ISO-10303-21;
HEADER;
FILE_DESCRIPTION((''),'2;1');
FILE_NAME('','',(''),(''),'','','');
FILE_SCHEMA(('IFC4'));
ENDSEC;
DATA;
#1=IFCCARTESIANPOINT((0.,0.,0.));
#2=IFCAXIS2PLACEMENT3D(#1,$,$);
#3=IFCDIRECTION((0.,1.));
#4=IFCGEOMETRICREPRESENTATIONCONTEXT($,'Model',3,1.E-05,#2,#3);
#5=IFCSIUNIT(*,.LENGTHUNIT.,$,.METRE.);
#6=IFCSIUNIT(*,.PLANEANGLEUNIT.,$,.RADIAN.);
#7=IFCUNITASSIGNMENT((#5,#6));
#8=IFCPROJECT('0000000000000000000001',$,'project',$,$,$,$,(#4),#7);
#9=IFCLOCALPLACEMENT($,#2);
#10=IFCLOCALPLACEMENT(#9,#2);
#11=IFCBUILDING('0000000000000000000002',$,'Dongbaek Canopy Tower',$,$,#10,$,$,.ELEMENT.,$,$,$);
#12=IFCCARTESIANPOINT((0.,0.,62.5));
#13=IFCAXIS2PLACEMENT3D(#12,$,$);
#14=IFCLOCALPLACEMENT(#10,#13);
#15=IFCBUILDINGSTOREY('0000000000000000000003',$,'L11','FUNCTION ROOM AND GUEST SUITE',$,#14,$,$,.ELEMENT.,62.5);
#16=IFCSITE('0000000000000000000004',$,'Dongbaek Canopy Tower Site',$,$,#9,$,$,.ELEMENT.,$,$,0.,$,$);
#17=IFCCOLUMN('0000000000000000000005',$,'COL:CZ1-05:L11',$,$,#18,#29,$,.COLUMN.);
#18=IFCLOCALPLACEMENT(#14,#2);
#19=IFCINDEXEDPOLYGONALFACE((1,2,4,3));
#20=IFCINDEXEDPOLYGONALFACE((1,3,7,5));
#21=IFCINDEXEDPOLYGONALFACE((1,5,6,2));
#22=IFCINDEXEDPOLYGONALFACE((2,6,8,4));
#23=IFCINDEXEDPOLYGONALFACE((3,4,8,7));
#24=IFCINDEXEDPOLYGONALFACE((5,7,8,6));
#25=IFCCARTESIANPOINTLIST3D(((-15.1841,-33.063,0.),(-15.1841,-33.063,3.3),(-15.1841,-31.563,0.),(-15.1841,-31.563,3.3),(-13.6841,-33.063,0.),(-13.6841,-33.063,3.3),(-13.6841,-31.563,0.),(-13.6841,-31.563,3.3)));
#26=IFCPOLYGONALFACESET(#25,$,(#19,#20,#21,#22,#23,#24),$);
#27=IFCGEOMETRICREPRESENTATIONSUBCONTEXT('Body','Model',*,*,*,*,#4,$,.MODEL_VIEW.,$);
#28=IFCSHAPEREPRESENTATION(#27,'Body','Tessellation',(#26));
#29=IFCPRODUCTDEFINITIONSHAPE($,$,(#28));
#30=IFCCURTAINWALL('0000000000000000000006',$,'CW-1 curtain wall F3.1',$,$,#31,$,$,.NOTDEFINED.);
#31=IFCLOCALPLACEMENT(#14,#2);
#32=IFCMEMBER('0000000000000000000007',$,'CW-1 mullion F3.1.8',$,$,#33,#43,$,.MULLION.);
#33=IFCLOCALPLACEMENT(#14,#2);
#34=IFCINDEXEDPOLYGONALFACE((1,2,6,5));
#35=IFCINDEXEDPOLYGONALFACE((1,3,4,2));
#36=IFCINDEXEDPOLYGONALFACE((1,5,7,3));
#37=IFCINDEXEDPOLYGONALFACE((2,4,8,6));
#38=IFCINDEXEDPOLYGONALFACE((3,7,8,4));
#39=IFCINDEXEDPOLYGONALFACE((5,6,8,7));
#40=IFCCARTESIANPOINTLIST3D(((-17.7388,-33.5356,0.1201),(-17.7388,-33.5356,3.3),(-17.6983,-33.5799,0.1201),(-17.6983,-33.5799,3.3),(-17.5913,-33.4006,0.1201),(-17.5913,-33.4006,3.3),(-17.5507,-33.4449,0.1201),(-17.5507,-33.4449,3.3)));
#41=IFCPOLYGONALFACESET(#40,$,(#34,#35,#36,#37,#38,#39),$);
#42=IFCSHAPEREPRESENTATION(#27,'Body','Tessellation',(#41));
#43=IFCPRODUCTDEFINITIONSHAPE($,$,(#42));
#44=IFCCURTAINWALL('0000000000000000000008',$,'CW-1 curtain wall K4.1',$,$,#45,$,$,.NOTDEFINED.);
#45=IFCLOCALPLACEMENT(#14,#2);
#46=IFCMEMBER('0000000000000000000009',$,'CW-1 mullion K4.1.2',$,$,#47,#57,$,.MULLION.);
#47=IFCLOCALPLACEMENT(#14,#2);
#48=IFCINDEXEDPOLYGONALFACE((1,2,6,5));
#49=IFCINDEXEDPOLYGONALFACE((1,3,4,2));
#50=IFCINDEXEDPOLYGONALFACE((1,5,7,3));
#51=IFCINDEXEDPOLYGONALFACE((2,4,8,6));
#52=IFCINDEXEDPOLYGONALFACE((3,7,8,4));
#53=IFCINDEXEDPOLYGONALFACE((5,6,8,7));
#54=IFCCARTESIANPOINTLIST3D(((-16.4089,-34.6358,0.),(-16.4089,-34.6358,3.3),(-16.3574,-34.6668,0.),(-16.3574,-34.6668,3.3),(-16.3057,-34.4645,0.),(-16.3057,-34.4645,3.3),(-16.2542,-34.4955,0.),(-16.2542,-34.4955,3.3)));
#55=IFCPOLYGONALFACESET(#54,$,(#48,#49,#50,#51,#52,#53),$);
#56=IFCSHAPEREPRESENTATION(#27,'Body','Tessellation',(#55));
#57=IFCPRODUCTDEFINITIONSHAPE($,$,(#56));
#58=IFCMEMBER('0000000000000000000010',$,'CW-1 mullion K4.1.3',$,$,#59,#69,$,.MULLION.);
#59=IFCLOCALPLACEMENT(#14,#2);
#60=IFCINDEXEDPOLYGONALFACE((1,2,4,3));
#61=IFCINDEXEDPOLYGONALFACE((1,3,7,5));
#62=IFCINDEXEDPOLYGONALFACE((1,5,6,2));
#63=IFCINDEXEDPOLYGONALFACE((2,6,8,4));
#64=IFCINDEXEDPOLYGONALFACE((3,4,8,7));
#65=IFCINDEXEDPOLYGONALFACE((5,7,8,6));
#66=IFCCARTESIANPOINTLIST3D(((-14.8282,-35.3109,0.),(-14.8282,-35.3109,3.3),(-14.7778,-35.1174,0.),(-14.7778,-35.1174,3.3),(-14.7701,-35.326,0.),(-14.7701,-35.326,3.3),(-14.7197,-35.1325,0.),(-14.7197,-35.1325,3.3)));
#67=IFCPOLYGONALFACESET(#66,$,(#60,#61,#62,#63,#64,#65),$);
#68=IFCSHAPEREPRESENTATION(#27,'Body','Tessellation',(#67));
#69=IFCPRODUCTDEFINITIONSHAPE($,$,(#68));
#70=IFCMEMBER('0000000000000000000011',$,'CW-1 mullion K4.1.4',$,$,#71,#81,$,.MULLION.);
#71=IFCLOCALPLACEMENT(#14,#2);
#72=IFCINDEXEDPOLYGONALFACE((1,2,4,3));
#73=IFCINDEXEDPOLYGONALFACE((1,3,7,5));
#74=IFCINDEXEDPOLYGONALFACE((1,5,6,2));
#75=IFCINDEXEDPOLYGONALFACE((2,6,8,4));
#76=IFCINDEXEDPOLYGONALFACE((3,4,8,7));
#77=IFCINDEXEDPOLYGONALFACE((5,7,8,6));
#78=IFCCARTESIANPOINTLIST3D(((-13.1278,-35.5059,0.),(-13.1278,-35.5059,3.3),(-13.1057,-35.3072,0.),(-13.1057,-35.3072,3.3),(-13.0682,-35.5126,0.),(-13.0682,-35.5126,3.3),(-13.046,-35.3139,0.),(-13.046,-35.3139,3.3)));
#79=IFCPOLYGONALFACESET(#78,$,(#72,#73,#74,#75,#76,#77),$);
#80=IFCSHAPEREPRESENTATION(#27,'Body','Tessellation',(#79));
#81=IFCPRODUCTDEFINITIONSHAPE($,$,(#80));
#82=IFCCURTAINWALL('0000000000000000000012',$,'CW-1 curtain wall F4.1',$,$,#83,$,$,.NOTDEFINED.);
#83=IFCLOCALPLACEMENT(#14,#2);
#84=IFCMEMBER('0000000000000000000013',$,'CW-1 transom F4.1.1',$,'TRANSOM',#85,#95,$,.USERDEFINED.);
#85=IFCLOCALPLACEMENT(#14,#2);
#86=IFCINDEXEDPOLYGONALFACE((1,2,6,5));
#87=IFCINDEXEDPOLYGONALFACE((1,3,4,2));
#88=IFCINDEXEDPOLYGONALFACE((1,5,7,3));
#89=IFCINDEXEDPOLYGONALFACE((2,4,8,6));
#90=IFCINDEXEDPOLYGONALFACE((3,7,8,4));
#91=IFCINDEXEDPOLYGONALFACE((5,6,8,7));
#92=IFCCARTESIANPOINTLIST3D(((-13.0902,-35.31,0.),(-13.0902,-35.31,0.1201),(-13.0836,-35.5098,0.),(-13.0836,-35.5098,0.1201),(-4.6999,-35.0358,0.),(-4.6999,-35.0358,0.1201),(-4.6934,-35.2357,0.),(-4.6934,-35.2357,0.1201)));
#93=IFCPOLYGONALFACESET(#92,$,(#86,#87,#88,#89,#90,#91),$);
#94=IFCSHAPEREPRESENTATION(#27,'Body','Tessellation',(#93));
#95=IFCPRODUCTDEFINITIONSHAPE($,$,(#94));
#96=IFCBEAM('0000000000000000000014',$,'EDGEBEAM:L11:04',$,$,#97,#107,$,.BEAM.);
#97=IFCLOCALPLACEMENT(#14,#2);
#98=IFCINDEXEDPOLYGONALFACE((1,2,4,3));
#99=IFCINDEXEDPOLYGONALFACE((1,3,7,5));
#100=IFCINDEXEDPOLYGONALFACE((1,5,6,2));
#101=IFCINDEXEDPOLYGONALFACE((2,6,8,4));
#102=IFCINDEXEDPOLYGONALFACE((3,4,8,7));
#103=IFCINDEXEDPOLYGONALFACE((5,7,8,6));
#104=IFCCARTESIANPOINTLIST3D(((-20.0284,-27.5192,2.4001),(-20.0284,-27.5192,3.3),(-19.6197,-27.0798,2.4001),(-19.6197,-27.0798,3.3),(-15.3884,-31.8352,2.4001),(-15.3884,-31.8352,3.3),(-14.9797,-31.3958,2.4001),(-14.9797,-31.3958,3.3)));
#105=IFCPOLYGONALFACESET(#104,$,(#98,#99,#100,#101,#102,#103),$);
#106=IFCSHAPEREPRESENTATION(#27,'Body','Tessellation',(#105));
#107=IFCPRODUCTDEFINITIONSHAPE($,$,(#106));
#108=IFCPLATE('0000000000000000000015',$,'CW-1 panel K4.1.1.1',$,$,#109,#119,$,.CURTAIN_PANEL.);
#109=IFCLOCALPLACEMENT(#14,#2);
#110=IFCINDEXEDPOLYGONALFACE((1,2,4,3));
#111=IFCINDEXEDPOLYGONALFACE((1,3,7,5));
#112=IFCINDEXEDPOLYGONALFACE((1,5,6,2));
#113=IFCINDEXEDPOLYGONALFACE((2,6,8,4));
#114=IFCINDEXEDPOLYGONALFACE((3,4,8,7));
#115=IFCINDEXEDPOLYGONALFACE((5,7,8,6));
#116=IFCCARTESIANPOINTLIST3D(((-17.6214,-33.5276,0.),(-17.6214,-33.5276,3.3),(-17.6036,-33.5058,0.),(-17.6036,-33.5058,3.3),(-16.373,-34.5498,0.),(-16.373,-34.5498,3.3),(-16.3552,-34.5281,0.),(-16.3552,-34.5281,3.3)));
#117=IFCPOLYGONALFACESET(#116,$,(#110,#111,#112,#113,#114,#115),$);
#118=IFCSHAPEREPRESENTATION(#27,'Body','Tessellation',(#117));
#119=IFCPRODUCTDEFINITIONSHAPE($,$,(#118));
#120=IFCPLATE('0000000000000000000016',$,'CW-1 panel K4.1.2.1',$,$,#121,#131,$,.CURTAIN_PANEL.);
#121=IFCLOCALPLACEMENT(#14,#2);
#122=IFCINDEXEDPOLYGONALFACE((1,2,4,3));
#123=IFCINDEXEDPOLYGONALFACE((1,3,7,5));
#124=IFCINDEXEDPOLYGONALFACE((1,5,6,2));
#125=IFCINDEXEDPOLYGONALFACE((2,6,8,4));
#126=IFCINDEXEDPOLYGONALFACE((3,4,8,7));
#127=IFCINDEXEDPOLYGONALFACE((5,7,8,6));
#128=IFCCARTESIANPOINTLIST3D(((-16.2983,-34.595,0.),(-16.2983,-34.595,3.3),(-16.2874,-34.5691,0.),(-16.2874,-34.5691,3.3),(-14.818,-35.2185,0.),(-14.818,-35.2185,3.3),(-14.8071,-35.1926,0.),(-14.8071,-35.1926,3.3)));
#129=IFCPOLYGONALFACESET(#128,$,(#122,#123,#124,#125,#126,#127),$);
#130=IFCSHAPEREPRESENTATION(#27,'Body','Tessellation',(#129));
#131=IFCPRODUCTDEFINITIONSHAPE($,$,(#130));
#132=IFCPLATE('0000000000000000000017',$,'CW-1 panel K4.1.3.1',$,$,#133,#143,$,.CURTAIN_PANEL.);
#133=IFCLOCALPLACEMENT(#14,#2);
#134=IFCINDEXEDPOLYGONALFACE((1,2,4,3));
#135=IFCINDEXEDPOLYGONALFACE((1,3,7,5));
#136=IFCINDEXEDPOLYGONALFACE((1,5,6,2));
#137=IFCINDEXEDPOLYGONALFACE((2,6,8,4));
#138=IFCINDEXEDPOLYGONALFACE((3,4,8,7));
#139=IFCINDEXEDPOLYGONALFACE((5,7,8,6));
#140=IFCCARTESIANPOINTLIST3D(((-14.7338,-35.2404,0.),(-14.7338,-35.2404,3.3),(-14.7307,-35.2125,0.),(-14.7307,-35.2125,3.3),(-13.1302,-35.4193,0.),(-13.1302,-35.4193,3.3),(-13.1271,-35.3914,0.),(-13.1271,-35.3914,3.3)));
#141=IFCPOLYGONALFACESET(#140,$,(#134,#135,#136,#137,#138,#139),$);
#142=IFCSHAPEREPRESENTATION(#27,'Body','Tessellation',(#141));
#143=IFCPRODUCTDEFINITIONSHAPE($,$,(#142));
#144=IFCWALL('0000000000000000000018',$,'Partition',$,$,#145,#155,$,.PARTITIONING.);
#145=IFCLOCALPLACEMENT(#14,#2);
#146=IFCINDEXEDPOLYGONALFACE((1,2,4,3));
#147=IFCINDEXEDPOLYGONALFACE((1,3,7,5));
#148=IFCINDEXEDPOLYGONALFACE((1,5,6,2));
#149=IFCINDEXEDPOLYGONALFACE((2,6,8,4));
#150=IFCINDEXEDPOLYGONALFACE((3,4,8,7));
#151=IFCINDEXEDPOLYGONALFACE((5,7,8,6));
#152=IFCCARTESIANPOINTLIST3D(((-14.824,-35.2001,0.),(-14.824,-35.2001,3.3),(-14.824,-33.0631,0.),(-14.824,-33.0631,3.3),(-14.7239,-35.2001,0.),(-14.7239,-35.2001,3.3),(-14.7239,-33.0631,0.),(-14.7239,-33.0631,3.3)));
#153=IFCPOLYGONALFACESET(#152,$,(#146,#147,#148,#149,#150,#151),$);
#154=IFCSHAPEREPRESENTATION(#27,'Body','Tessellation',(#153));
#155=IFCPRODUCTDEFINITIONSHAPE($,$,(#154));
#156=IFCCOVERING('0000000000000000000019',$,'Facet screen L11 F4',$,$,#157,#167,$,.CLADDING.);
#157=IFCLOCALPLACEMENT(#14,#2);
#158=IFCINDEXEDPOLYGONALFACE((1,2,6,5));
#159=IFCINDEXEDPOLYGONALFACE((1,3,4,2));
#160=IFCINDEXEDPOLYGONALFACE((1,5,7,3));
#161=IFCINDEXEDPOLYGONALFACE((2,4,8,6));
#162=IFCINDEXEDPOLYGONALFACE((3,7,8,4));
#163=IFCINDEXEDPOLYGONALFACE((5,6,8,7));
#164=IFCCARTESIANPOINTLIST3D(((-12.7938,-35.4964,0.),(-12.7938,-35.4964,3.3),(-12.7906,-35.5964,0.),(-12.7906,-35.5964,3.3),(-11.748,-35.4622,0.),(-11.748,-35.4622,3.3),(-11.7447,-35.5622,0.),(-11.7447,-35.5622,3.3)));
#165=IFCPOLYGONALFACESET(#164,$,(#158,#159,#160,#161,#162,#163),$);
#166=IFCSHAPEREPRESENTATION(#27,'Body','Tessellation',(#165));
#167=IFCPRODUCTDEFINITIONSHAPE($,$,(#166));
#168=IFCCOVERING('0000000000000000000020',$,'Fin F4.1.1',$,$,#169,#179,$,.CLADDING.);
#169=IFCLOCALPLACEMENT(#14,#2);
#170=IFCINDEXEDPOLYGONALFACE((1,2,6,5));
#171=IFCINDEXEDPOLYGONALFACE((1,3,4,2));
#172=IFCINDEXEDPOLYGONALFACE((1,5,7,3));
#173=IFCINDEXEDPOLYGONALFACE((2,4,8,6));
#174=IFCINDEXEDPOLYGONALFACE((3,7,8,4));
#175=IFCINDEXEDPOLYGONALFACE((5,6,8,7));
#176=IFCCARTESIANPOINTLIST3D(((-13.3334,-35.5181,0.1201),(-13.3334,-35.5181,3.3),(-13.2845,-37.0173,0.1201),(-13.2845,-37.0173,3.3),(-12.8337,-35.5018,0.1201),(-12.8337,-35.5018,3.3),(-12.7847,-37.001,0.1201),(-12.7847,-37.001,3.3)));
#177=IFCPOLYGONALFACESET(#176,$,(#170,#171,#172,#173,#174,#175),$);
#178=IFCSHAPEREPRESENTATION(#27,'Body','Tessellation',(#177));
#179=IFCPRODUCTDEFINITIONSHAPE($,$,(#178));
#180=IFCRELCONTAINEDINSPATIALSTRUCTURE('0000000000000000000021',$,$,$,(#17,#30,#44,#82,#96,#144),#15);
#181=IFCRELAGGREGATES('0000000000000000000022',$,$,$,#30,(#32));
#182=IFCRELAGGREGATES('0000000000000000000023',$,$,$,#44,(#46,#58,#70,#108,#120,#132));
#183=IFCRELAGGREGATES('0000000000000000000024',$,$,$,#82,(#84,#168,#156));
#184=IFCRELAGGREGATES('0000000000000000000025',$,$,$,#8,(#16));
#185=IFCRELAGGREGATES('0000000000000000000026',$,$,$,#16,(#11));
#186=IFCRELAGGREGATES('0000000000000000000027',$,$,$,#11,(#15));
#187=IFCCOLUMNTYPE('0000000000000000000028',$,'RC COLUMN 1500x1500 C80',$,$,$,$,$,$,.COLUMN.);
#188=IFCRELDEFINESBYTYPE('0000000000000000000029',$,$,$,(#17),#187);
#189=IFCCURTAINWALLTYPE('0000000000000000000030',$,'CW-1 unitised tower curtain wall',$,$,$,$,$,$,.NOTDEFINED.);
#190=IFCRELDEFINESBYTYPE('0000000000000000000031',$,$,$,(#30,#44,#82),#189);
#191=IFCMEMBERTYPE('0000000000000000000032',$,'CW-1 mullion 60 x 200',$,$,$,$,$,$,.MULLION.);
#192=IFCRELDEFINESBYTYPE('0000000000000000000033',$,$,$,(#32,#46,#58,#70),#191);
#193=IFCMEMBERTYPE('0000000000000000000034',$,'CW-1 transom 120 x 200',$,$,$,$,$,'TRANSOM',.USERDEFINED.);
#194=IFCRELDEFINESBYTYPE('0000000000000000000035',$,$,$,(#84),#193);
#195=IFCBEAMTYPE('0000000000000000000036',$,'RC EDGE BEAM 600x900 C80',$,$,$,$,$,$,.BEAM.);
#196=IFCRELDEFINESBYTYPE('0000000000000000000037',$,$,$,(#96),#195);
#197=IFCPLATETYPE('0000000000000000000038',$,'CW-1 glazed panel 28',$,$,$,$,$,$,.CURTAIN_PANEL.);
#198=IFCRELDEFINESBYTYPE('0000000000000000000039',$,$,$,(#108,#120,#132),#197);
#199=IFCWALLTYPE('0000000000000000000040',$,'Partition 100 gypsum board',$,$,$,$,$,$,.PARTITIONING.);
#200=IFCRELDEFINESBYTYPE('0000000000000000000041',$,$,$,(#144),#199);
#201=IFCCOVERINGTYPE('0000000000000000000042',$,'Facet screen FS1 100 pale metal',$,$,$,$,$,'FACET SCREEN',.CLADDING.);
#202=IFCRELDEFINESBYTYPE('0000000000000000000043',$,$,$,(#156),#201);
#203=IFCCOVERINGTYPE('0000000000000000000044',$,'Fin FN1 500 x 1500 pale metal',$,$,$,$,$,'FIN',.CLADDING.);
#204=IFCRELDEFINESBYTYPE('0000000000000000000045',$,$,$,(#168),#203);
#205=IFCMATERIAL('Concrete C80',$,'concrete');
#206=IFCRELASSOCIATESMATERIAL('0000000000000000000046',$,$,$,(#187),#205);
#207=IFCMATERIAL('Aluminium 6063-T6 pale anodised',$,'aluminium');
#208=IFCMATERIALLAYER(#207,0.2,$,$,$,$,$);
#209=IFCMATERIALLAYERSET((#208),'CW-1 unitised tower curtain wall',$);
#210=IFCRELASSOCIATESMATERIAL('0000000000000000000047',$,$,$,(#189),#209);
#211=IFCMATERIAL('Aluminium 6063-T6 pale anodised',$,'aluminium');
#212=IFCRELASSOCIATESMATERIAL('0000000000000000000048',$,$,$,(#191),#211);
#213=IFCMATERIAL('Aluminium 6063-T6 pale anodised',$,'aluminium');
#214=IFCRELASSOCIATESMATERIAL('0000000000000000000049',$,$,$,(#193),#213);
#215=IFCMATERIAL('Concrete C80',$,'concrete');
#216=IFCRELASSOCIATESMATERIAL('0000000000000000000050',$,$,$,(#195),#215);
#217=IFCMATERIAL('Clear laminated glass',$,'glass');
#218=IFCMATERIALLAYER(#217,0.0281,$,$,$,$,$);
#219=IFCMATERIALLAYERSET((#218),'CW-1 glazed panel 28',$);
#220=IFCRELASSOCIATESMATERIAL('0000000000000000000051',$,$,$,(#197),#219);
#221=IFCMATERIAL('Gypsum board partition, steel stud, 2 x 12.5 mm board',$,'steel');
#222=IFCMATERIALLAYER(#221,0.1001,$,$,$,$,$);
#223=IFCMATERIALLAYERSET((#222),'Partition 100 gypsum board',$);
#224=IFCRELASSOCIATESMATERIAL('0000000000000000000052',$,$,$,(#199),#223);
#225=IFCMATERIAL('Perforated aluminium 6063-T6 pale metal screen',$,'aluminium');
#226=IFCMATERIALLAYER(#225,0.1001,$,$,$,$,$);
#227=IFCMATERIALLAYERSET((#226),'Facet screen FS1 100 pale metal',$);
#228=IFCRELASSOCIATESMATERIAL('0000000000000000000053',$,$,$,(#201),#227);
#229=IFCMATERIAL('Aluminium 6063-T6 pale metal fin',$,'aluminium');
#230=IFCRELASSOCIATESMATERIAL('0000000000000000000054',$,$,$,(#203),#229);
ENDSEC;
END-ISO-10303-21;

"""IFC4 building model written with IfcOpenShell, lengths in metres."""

from ifc_helpers import new_model, si_unit, direction, frame, frame_2d, origin, origin_2d, place, context, subcontext, project, spatial, rectangle, extrude, material, layer, layer_set, material_profile, profile_set, type_object, element, aggregate, save


model = new_model("IFC4")

# Units and contexts
model_context = context("Model", 3, precision=1e-05, world=origin(), true_north=direction((0.0, 1.0)))
body_context = subcontext(model_context, "Body", "Model", "MODEL_VIEW")
ifc_project = project(units=[si_unit("LENGTHUNIT", "METRE"), si_unit("PLANEANGLEUNIT", "RADIAN")], contexts=[model_context])

# Site, building, storey
site_placement = place(None, origin())
site = spatial("IfcSite", under=ifc_project, at=site_placement, Name="Dongbaek Canopy Tower Site", CompositionType="ELEMENT", RefElevation=0.0)
building_placement = place(site_placement, origin())
building = spatial("IfcBuilding", under=site, at=building_placement, Name="Dongbaek Canopy Tower", CompositionType="ELEMENT")
storey_placement = place(building_placement, frame((0.0, 0.0, 62.5)))
storey = spatial("IfcBuildingStorey", under=building, at=storey_placement, Name="L11", Description="FUNCTION ROOM AND GUEST SUITE", CompositionType="ELEMENT", Elevation=62.5)

# Column
ifc_material_1 = material(Name="Concrete C80", Category="concrete")
ifc_material_profile_1 = material_profile(ifc_material_1, rectangle(XDim=1.5, YDim=1.5, at=origin_2d()), Name="RC COLUMN 1500x1500 C80")
ifc_profile_set_1 = profile_set([ifc_material_profile_1], Name="Concrete C80")
column_type = type_object("IfcColumnType", Name="RC COLUMN 1500x1500 C80", PredefinedType="COLUMN", material=ifc_profile_set_1)
column_placement = place(storey_placement, frame((-14.4341, -32.313, 0.0), z_axis=(0.0, 0.0, 1.0), x_axis=(1.0, 0.0, 0.0)))
element("IfcColumn", 1, at=column_placement, inside=storey, type_object=column_type, Name="COL:CZ1-05:L11", PredefinedType="COLUMN", context=body_context, shape_type="SweptSolid", body=[
    extrude(rectangle(XDim=1.5, YDim=1.5, at=origin_2d()), origin(), (0.0, 0.0, 1.0), 3.3),
])

# Curtain wall, member
ifc_material_2 = material(Name="Aluminium 6063-T6 pale anodised", Category="aluminium")
ifc_layer_1 = layer(ifc_material_2, 0.2)
ifc_layer_set_1 = layer_set([ifc_layer_1], Name="CW-1 unitised tower curtain wall")
curtain_wall_type = type_object("IfcCurtainWallType", Name="CW-1 unitised tower curtain wall", PredefinedType="NOTDEFINED", material=ifc_layer_set_1)
curtain_wall_1_placement = place(storey_placement, origin())
curtain_wall_1 = element("IfcCurtainWall", 2, at=curtain_wall_1_placement, inside=storey, type_object=curtain_wall_type, Name="CW-1 curtain wall F3.1", PredefinedType="NOTDEFINED")
ifc_material_3 = material(Name="Aluminium 6063-T6 pale anodised", Category="aluminium")
ifc_material_profile_2 = material_profile(ifc_material_3, rectangle(XDim=0.2, YDim=0.0601, at=origin_2d()), Name="CW-1 mullion 60 x 200")
ifc_profile_set_2 = profile_set([ifc_material_profile_2], Name="Aluminium 6063-T6 pale anodised")
member_type_1 = type_object("IfcMemberType", Name="CW-1 mullion 60 x 200", PredefinedType="MULLION", material=ifc_profile_set_2)
member_1_placement = place(storey_placement, frame((-17.6448, -33.4902, 0.1201), z_axis=(0.0, 0.0, 1.0), x_axis=(-0.737855, -0.674959, 0.0)))
member_1 = element("IfcMember", 3, at=member_1_placement, type_object=member_type_1, Name="CW-1 mullion F3.1.8", PredefinedType="MULLION", context=body_context, shape_type="SweptSolid", body=[
    extrude(rectangle(XDim=0.2, YDim=0.0601, at=origin_2d()), origin(), (0.0, 0.0, 1.0), 3.1799),
])
aggregate(curtain_wall_1, [member_1])

# Curtain wall, members
curtain_wall_2_placement = place(storey_placement, origin())
curtain_wall_2 = element("IfcCurtainWall", 4, at=curtain_wall_2_placement, inside=storey, type_object=curtain_wall_type, Name="CW-1 curtain wall K4.1", PredefinedType="NOTDEFINED")
member_2_placement = place(storey_placement, frame((-16.3315, -34.5657, 0.0), z_axis=(0.0, 0.0, 1.0), x_axis=(-0.516171, -0.856486, 0.0)))
member_2 = element("IfcMember", 5, at=member_2_placement, type_object=member_type_1, Name="CW-1 mullion K4.1.2", PredefinedType="MULLION", context=body_context, shape_type="SweptSolid", body=[
    extrude(rectangle(XDim=0.2, YDim=0.0601, at=origin_2d()), origin(), (0.0, 0.0, 1.0), 3.3),
])
member_3_placement = place(storey_placement, frame((-14.7739, -35.2217, 0.0), z_axis=(0.0, 0.0, 1.0), x_axis=(-0.252111, -0.967698, 0.0)))
member_3 = element("IfcMember", 6, at=member_3_placement, type_object=member_type_1, Name="CW-1 mullion K4.1.3", PredefinedType="MULLION", context=body_context, shape_type="SweptSolid", body=[
    extrude(rectangle(XDim=0.2, YDim=0.0601, at=origin_2d()), origin(), (0.0, 0.0, 1.0), 3.3),
])
member_4_placement = place(storey_placement, frame((-13.0869, -35.4099, 0.0), z_axis=(0.0, 0.0, 1.0), x_axis=(-0.110876, -0.993834, 0.0)))
member_4 = element("IfcMember", 7, at=member_4_placement, type_object=member_type_1, Name="CW-1 mullion K4.1.4", PredefinedType="MULLION", context=body_context, shape_type="SweptSolid", body=[
    extrude(rectangle(XDim=0.2, YDim=0.0601, at=origin_2d()), origin(), (0.0, 0.0, 1.0), 3.3),
])

# Curtain wall, member
curtain_wall_3_placement = place(storey_placement, origin())
curtain_wall_3 = element("IfcCurtainWall", 8, at=curtain_wall_3_placement, inside=storey, type_object=curtain_wall_type, Name="CW-1 curtain wall F4.1", PredefinedType="NOTDEFINED")
ifc_material_4 = material(Name="Aluminium 6063-T6 pale anodised", Category="aluminium")
ifc_material_profile_3 = material_profile(ifc_material_4, rectangle(XDim=0.2, YDim=0.1201, at=origin_2d()), Name="CW-1 transom 120 x 200")
ifc_profile_set_3 = profile_set([ifc_material_profile_3], Name="Aluminium 6063-T6 pale anodised")
member_type_2 = type_object("IfcMemberType", Name="CW-1 transom 120 x 200", ElementType="TRANSOM", PredefinedType="USERDEFINED", material=ifc_profile_set_3)
member_5_placement = place(storey_placement, frame((-13.0869, -35.4099, 0.0601), z_axis=(0.999467, 0.032659, 0.0), x_axis=(-0.032659, 0.999467, 0.0)))
member_5 = element("IfcMember", 9, at=member_5_placement, type_object=member_type_2, Name="CW-1 transom F4.1.1", ObjectType="TRANSOM", PredefinedType="USERDEFINED", context=body_context, shape_type="SweptSolid", body=[
    extrude(rectangle(XDim=0.2, YDim=0.1201, at=origin_2d()), origin(), (0.0, 0.0, 1.0), 8.3948),
])

# Beam
ifc_material_5 = material(Name="Concrete C80", Category="concrete")
ifc_material_profile_4 = material_profile(ifc_material_5, rectangle(XDim=0.6001, YDim=0.8999, at=origin_2d()), Name="RC EDGE BEAM 600x900 C80")
ifc_profile_set_4 = profile_set([ifc_material_profile_4], Name="Concrete C80")
beam_type = type_object("IfcBeamType", Name="RC EDGE BEAM 600x900 C80", PredefinedType="BEAM", material=ifc_profile_set_4)
beam_placement = place(storey_placement, frame((-15.1841, -31.6155, 2.8501), z_axis=(-0.732207, 0.681082, 0.0), x_axis=(-0.681082, -0.732207, 0.0)))
element("IfcBeam", 10, at=beam_placement, inside=storey, type_object=beam_type, Name="EDGEBEAM:L11:04", PredefinedType="BEAM", context=body_context, shape_type="SweptSolid", body=[
    extrude(rectangle(XDim=0.6001, YDim=0.8999, at=origin_2d()), origin(), (0.0, 0.0, 1.0), 6.3369),
])

# Plates
ifc_material_6 = material(Name="Clear laminated glass", Category="glass")
ifc_layer_2 = layer(ifc_material_6, 0.0281)
ifc_layer_set_2 = layer_set([ifc_layer_2], Name="CW-1 glazed panel 28")
plate_type = type_object("IfcPlateType", Name="CW-1 glazed panel 28", PredefinedType="CURTAIN_PANEL", material=ifc_layer_set_2)
plate_1_placement = place(storey_placement, frame((-16.9883, -34.0278, 0.0), z_axis=(0.0, 0.0, 1.0), x_axis=(0.773703, -0.633548, 0.0)))
plate_1 = element("IfcPlate", 11, at=plate_1_placement, type_object=plate_type, Name="CW-1 panel K4.1.1.1", PredefinedType="CURTAIN_PANEL", context=body_context, shape_type="SweptSolid", body=[
    extrude(rectangle(XDim=1.6135, YDim=0.0281, at=origin_2d()), origin(), (0.0, 0.0, 1.0), 3.3),
])
plate_2_placement = place(storey_placement, frame((-15.5527, -34.8938, 0.0), z_axis=(0.0, 0.0, 1.0), x_axis=(0.921598, -0.388145, 0.0)))
plate_2 = element("IfcPlate", 12, at=plate_2_placement, type_object=plate_type, Name="CW-1 panel K4.1.2.1", PredefinedType="CURTAIN_PANEL", context=body_context, shape_type="SweptSolid", body=[
    extrude(rectangle(XDim=1.6062, YDim=0.0281, at=origin_2d()), origin(), (0.0, 0.0, 1.0), 3.3),
])
plate_3_placement = place(storey_placement, frame((-13.9304, -35.3159, 0.0), z_axis=(0.0, 0.0, 1.0), x_axis=(0.993834, -0.110876, 0.0)))
plate_3 = element("IfcPlate", 13, at=plate_3_placement, type_object=plate_type, Name="CW-1 panel K4.1.3.1", PredefinedType="CURTAIN_PANEL", context=body_context, shape_type="SweptSolid", body=[
    extrude(rectangle(XDim=1.6135, YDim=0.0281, at=origin_2d()), origin(), (0.0, 0.0, 1.0), 3.3),
])
aggregate(curtain_wall_2, [member_2, member_3, member_4, plate_1, plate_2, plate_3])

# Wall
ifc_material_7 = material(Name="Gypsum board partition, steel stud, 2 x 12.5 mm board", Category="steel")
ifc_layer_3 = layer(ifc_material_7, 0.1001)
ifc_layer_set_3 = layer_set([ifc_layer_3], Name="Partition 100 gypsum board")
wall_type = type_object("IfcWallType", Name="Partition 100 gypsum board", PredefinedType="PARTITIONING", material=ifc_layer_set_3)
wall_placement = place(storey_placement, frame((-14.7739, -35.2, 0.0), z_axis=(0.0, 0.0, 1.0), x_axis=(0.0, 1.0, 0.0)))
element("IfcWall", 14, at=wall_placement, inside=storey, type_object=wall_type, Name="Partition", PredefinedType="PARTITIONING", context=body_context, shape_type="SweptSolid", body=[
    extrude(rectangle(XDim=2.137, YDim=0.1001, at=frame_2d((1.0684, 0.0))), origin(), (0.0, 0.0, 1.0), 3.3),
])

# Coverings
ifc_material_8 = material(Name="Perforated aluminium 6063-T6 pale metal screen", Category="aluminium")
ifc_layer_4 = layer(ifc_material_8, 0.1001)
ifc_layer_set_4 = layer_set([ifc_layer_4], Name="Facet screen FS1 100 pale metal")
covering_type_1 = type_object("IfcCoveringType", Name="Facet screen FS1 100 pale metal", ElementType="FACET SCREEN", PredefinedType="CLADDING", material=ifc_layer_set_4)
covering_1_placement = place(storey_placement, frame((-12.2693, -35.5293, 0.0), z_axis=(0.0, 0.0, 1.0), x_axis=(0.999467, 0.032646, 0.0)))
covering_1 = element("IfcCovering", 15, at=covering_1_placement, type_object=covering_type_1, Name="Facet screen L11 F4", PredefinedType="CLADDING", context=body_context, shape_type="SweptSolid", body=[
    extrude(rectangle(XDim=1.0464, YDim=0.1001, at=origin_2d()), origin(), (0.0, 0.0, 1.0), 3.3),
])
ifc_material_9 = material(Name="Aluminium 6063-T6 pale metal fin", Category="aluminium")
ifc_material_profile_5 = material_profile(ifc_material_9, rectangle(XDim=1.5, YDim=0.5, at=origin_2d()), Name="Fin FN1 500 x 1500 pale metal")
ifc_profile_set_5 = profile_set([ifc_material_profile_5], Name="Aluminium 6063-T6 pale metal fin")
covering_type_2 = type_object("IfcCoveringType", Name="Fin FN1 500 x 1500 pale metal", ElementType="FIN", PredefinedType="CLADDING", material=ifc_profile_set_5)
covering_2_placement = place(storey_placement, frame((-13.0591, -36.2595, 0.1201), z_axis=(0.0, 0.0, 1.0), x_axis=(0.032646, -0.999467, 0.0)))
covering_2 = element("IfcCovering", 16, at=covering_2_placement, type_object=covering_type_2, Name="Fin F4.1.1", PredefinedType="CLADDING", context=body_context, shape_type="SweptSolid", body=[
    extrude(rectangle(XDim=1.5, YDim=0.5, at=origin_2d()), origin(), (0.0, 0.0, 1.0), 3.1799),
])
aggregate(curtain_wall_3, [member_5, covering_2, covering_1])

save(model, "model.ifc")
